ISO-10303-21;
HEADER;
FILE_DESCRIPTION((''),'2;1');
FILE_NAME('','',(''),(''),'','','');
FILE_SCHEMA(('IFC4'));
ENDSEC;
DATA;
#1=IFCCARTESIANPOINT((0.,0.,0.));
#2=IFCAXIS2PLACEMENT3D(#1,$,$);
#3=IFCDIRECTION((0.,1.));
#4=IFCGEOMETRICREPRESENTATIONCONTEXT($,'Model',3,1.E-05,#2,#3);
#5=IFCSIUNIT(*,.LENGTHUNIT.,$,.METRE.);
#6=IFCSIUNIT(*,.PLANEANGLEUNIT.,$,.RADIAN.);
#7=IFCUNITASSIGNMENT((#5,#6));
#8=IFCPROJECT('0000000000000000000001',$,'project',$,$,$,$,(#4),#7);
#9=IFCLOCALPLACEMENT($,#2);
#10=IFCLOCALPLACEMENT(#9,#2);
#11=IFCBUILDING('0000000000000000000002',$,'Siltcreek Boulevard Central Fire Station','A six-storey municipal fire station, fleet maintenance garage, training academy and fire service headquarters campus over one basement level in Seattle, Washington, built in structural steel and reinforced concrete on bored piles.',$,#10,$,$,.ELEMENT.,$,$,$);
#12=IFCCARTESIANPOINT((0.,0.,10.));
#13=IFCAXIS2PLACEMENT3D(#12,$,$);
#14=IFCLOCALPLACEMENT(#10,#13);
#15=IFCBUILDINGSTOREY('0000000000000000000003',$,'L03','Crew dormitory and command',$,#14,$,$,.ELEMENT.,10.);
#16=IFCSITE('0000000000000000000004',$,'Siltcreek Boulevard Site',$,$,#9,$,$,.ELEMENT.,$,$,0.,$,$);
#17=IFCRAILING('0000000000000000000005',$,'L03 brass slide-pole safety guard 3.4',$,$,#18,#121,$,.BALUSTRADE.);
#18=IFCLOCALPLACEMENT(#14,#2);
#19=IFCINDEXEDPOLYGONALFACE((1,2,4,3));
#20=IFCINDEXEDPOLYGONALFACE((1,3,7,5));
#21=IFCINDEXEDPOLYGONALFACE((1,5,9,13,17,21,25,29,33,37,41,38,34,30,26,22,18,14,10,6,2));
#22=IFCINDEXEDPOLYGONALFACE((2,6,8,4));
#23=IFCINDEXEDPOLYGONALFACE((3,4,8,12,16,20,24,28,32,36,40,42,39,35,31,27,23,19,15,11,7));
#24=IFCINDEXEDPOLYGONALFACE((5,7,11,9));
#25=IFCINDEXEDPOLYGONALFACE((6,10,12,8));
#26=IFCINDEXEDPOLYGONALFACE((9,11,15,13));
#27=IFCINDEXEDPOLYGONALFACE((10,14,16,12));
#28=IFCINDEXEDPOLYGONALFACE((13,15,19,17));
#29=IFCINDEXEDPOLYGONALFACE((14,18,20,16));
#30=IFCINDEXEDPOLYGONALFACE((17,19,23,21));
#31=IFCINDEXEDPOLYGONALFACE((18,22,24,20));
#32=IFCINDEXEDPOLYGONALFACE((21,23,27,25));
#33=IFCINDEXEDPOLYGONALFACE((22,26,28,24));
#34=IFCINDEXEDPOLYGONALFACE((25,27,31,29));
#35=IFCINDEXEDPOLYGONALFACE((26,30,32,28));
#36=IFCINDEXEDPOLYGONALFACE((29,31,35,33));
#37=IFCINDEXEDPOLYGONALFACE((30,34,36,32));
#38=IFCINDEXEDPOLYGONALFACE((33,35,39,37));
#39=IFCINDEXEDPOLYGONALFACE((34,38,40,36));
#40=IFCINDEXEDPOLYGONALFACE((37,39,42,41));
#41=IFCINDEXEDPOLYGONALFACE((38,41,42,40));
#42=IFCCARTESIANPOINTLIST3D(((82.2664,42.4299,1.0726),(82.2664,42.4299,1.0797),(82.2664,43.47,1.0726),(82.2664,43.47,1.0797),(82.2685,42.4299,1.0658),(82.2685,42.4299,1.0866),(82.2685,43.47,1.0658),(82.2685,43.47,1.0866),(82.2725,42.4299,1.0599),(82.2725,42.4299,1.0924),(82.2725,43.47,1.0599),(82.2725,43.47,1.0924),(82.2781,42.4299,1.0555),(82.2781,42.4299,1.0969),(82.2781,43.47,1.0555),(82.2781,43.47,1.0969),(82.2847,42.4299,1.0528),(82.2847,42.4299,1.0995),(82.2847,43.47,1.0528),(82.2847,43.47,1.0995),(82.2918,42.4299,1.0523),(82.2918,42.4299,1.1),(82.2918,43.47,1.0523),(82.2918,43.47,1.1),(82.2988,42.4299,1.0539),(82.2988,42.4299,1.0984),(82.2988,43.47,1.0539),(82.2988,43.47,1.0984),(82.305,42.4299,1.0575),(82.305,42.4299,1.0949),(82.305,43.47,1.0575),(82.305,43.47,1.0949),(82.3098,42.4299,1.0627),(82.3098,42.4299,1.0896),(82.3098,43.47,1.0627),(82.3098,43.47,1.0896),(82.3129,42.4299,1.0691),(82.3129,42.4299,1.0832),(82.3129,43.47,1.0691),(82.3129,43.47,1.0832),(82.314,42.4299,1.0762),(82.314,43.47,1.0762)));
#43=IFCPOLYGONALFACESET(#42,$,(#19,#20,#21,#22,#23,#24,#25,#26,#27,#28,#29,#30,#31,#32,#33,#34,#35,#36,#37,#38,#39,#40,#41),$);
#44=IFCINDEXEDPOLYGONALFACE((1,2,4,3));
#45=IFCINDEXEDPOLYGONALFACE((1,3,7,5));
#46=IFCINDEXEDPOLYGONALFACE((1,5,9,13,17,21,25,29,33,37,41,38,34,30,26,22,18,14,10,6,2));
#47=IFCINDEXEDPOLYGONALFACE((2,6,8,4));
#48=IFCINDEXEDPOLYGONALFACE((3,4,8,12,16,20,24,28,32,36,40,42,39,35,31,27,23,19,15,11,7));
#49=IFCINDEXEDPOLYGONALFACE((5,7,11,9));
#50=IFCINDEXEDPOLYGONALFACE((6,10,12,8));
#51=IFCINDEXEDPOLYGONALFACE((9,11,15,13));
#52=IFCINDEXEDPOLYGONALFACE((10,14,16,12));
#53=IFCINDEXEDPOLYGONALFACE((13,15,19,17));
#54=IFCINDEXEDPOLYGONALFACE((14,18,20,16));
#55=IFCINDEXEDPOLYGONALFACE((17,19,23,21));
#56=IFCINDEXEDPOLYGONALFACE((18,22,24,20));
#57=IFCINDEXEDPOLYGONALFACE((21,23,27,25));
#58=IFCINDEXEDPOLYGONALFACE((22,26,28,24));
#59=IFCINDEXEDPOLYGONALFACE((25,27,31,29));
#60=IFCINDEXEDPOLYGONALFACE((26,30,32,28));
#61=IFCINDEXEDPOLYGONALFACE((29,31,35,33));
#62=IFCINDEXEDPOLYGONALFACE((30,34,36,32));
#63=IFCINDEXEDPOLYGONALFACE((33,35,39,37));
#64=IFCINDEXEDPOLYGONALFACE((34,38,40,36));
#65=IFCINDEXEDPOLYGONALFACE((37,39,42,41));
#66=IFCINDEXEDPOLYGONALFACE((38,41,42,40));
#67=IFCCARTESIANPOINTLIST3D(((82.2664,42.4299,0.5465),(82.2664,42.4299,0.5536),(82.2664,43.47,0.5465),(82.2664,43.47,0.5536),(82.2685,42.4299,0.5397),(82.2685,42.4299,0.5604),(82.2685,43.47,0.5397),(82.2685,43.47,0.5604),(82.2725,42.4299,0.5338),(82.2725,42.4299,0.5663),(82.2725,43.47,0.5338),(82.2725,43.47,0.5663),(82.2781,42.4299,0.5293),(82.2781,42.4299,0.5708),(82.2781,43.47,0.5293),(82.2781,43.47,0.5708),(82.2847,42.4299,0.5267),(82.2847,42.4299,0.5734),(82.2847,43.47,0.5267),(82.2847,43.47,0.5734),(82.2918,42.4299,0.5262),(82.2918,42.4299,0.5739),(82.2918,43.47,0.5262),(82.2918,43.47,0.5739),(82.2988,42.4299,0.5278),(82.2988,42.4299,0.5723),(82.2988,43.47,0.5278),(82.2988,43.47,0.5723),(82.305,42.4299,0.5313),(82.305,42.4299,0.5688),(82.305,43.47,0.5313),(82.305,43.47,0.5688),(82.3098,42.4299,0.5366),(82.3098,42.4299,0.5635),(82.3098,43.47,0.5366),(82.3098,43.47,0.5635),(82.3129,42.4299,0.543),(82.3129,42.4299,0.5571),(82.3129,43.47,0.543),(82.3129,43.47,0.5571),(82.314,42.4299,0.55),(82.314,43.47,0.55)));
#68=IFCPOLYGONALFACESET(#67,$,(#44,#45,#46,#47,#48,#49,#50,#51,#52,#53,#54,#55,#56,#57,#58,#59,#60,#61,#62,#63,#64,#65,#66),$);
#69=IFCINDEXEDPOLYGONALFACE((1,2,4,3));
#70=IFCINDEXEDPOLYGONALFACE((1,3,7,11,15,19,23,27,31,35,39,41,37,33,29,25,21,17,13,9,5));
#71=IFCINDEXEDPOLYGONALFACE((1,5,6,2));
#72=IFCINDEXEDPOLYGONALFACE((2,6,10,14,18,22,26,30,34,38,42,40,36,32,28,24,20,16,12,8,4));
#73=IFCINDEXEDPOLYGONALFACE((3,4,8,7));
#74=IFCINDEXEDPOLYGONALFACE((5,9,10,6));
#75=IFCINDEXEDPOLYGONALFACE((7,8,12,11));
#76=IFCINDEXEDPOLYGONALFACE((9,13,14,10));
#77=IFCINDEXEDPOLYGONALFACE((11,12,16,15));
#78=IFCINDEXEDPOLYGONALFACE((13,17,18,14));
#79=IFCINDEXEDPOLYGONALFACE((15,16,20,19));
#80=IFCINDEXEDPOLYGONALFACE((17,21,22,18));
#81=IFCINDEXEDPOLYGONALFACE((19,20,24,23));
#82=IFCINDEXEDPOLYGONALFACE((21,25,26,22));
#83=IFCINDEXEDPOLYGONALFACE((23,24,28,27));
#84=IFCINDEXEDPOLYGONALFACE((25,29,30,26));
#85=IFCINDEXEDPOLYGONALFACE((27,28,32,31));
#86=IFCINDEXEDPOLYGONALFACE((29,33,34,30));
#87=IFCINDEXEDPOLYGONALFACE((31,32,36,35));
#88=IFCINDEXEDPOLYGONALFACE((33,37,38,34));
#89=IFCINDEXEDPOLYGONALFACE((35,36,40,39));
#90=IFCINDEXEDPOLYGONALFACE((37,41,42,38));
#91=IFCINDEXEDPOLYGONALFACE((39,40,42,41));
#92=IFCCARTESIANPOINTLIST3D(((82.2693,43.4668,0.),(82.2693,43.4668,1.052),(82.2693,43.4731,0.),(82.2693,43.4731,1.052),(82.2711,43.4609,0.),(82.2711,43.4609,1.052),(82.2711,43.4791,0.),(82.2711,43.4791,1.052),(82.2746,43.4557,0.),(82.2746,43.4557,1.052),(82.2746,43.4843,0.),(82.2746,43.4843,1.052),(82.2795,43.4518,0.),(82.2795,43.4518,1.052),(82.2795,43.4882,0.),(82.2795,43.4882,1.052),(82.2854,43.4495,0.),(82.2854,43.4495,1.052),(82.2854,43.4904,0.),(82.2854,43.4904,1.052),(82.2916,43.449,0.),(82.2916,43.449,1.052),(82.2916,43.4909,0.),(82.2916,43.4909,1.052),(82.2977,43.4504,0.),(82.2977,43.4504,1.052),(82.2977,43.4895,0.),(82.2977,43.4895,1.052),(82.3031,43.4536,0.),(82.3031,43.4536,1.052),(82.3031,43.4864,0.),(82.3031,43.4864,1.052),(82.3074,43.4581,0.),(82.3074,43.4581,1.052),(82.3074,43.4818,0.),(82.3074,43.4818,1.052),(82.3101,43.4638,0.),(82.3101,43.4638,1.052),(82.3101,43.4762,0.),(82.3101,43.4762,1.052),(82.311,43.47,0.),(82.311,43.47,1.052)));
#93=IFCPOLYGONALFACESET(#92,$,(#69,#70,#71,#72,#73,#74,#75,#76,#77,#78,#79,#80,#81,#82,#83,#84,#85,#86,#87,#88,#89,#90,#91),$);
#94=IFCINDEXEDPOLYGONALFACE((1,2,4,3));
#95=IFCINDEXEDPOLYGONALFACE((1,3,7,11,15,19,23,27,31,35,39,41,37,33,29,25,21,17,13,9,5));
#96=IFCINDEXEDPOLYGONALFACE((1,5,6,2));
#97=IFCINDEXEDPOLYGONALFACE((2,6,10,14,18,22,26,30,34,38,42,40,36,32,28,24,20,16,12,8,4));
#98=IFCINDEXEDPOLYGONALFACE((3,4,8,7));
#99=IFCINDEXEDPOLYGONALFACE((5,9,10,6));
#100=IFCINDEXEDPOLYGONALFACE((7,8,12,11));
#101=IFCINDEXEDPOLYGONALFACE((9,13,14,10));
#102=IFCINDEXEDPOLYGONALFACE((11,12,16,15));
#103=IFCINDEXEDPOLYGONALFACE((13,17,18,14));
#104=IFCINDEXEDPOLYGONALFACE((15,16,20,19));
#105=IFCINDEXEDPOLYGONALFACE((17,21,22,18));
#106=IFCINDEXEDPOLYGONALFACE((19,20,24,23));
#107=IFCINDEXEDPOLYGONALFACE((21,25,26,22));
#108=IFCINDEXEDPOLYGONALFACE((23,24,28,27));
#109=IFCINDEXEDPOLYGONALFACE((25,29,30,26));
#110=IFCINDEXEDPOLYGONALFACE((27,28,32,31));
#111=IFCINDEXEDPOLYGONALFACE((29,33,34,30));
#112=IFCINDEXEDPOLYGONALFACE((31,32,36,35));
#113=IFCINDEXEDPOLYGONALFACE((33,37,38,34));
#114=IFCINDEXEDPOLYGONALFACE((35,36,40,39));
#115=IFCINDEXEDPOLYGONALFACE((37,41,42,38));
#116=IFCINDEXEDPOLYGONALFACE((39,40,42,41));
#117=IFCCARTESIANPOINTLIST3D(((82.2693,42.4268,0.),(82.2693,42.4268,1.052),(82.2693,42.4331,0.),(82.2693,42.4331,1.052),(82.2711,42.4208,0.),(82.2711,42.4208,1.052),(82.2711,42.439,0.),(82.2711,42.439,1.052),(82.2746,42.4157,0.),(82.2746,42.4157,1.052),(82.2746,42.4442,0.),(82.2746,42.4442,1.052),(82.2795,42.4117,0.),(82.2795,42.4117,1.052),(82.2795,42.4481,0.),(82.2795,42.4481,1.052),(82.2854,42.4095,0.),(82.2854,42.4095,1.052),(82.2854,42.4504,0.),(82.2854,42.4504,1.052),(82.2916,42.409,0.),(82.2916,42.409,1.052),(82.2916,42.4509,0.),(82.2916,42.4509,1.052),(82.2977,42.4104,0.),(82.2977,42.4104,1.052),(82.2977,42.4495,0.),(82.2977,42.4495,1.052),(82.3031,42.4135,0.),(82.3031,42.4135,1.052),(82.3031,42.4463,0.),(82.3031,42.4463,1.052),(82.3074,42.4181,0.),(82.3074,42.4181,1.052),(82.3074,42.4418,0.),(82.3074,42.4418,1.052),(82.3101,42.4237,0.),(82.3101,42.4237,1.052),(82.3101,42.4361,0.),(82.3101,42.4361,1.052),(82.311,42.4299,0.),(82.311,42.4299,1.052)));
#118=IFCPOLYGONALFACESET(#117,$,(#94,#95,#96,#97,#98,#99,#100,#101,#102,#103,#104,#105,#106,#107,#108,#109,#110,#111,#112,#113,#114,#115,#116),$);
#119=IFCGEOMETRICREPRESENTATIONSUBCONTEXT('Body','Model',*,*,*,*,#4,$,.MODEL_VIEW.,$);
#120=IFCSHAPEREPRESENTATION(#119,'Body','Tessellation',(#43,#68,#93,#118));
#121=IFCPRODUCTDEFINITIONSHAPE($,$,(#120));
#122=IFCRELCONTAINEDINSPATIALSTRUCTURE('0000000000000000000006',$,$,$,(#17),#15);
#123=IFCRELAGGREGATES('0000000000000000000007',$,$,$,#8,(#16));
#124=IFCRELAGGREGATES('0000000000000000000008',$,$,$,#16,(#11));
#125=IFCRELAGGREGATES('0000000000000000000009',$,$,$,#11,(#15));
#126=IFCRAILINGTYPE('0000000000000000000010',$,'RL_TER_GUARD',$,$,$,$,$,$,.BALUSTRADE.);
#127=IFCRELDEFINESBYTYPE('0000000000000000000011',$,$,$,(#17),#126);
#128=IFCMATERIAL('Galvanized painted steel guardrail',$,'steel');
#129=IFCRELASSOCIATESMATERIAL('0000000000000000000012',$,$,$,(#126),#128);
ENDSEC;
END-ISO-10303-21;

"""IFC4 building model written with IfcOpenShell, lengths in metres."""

from ifc_helpers import new_model, si_unit, direction, frame, origin, origin_2d, place, context, subcontext, project, spatial, circle, extrude, material, type_object, element, save


model = new_model("IFC4")

# Units and contexts
model_context = context("Model", 3, precision=1e-05, world=origin(), true_north=direction((0.0, 1.0)))
body_context = subcontext(model_context, "Body", "Model", "MODEL_VIEW")
ifc_project = project(units=[si_unit("LENGTHUNIT", "METRE"), si_unit("PLANEANGLEUNIT", "RADIAN")], contexts=[model_context])

# Site, building, storey
site_placement = place(None, origin())
site = spatial("IfcSite", under=ifc_project, at=site_placement, Name="Siltcreek Boulevard Site", CompositionType="ELEMENT", RefElevation=0.0)
building_placement = place(site_placement, origin())
building = spatial("IfcBuilding", under=site, at=building_placement, Name="Siltcreek Boulevard Central Fire Station", Description="A six-storey municipal fire station, fleet maintenance garage, training academy and fire service headquarters campus over one basement level in Seattle, Washington, built in structural steel and reinforced concrete on bored piles.", CompositionType="ELEMENT")
storey_placement = place(building_placement, frame((0.0, 0.0, 10.0)))
storey = spatial("IfcBuildingStorey", under=building, at=storey_placement, Name="L03", Description="Crew dormitory and command", CompositionType="ELEMENT", Elevation=10.0)

# Railing
ifc_material_1 = material(Name="Galvanized painted steel guardrail", Category="steel")
railing_type = type_object("IfcRailingType", Name="RL_TER_GUARD", PredefinedType="BALUSTRADE", material=ifc_material_1)
railing_1_placement = place(storey_placement, frame((82.29, 43.47, 0.0)))
element("IfcRailing", 1, at=railing_1_placement, inside=storey, type_object=railing_type, Name="L03 brass slide-pole safety guard 3.4", PredefinedType="BALUSTRADE", context=body_context, shape_type="SweptSolid", body=[
    extrude(circle(Radius=0.0239, at=origin_2d()), frame((0.0, 0.0, 1.0762), z_axis=(0.0, -1.0, 0.0), x_axis=(1.0, 0.0, 0.0)), (0.0, 0.0, 1.0), 1.04),
    extrude(circle(Radius=0.0239, at=origin_2d()), frame((0.0, 0.0, 0.55), z_axis=(0.0, -1.0, 0.0), x_axis=(1.0, 0.0, 0.0)), (0.0, 0.0, 1.0), 1.04),
    extrude(circle(Radius=0.021, at=origin_2d()), origin(), (0.0, 0.0, 1.0), 1.052),
    extrude(circle(Radius=0.021, at=origin_2d()), frame((0.0, -1.04, 0.0)), (0.0, 0.0, 1.0), 1.052),
])

save(model, "model.ifc")
